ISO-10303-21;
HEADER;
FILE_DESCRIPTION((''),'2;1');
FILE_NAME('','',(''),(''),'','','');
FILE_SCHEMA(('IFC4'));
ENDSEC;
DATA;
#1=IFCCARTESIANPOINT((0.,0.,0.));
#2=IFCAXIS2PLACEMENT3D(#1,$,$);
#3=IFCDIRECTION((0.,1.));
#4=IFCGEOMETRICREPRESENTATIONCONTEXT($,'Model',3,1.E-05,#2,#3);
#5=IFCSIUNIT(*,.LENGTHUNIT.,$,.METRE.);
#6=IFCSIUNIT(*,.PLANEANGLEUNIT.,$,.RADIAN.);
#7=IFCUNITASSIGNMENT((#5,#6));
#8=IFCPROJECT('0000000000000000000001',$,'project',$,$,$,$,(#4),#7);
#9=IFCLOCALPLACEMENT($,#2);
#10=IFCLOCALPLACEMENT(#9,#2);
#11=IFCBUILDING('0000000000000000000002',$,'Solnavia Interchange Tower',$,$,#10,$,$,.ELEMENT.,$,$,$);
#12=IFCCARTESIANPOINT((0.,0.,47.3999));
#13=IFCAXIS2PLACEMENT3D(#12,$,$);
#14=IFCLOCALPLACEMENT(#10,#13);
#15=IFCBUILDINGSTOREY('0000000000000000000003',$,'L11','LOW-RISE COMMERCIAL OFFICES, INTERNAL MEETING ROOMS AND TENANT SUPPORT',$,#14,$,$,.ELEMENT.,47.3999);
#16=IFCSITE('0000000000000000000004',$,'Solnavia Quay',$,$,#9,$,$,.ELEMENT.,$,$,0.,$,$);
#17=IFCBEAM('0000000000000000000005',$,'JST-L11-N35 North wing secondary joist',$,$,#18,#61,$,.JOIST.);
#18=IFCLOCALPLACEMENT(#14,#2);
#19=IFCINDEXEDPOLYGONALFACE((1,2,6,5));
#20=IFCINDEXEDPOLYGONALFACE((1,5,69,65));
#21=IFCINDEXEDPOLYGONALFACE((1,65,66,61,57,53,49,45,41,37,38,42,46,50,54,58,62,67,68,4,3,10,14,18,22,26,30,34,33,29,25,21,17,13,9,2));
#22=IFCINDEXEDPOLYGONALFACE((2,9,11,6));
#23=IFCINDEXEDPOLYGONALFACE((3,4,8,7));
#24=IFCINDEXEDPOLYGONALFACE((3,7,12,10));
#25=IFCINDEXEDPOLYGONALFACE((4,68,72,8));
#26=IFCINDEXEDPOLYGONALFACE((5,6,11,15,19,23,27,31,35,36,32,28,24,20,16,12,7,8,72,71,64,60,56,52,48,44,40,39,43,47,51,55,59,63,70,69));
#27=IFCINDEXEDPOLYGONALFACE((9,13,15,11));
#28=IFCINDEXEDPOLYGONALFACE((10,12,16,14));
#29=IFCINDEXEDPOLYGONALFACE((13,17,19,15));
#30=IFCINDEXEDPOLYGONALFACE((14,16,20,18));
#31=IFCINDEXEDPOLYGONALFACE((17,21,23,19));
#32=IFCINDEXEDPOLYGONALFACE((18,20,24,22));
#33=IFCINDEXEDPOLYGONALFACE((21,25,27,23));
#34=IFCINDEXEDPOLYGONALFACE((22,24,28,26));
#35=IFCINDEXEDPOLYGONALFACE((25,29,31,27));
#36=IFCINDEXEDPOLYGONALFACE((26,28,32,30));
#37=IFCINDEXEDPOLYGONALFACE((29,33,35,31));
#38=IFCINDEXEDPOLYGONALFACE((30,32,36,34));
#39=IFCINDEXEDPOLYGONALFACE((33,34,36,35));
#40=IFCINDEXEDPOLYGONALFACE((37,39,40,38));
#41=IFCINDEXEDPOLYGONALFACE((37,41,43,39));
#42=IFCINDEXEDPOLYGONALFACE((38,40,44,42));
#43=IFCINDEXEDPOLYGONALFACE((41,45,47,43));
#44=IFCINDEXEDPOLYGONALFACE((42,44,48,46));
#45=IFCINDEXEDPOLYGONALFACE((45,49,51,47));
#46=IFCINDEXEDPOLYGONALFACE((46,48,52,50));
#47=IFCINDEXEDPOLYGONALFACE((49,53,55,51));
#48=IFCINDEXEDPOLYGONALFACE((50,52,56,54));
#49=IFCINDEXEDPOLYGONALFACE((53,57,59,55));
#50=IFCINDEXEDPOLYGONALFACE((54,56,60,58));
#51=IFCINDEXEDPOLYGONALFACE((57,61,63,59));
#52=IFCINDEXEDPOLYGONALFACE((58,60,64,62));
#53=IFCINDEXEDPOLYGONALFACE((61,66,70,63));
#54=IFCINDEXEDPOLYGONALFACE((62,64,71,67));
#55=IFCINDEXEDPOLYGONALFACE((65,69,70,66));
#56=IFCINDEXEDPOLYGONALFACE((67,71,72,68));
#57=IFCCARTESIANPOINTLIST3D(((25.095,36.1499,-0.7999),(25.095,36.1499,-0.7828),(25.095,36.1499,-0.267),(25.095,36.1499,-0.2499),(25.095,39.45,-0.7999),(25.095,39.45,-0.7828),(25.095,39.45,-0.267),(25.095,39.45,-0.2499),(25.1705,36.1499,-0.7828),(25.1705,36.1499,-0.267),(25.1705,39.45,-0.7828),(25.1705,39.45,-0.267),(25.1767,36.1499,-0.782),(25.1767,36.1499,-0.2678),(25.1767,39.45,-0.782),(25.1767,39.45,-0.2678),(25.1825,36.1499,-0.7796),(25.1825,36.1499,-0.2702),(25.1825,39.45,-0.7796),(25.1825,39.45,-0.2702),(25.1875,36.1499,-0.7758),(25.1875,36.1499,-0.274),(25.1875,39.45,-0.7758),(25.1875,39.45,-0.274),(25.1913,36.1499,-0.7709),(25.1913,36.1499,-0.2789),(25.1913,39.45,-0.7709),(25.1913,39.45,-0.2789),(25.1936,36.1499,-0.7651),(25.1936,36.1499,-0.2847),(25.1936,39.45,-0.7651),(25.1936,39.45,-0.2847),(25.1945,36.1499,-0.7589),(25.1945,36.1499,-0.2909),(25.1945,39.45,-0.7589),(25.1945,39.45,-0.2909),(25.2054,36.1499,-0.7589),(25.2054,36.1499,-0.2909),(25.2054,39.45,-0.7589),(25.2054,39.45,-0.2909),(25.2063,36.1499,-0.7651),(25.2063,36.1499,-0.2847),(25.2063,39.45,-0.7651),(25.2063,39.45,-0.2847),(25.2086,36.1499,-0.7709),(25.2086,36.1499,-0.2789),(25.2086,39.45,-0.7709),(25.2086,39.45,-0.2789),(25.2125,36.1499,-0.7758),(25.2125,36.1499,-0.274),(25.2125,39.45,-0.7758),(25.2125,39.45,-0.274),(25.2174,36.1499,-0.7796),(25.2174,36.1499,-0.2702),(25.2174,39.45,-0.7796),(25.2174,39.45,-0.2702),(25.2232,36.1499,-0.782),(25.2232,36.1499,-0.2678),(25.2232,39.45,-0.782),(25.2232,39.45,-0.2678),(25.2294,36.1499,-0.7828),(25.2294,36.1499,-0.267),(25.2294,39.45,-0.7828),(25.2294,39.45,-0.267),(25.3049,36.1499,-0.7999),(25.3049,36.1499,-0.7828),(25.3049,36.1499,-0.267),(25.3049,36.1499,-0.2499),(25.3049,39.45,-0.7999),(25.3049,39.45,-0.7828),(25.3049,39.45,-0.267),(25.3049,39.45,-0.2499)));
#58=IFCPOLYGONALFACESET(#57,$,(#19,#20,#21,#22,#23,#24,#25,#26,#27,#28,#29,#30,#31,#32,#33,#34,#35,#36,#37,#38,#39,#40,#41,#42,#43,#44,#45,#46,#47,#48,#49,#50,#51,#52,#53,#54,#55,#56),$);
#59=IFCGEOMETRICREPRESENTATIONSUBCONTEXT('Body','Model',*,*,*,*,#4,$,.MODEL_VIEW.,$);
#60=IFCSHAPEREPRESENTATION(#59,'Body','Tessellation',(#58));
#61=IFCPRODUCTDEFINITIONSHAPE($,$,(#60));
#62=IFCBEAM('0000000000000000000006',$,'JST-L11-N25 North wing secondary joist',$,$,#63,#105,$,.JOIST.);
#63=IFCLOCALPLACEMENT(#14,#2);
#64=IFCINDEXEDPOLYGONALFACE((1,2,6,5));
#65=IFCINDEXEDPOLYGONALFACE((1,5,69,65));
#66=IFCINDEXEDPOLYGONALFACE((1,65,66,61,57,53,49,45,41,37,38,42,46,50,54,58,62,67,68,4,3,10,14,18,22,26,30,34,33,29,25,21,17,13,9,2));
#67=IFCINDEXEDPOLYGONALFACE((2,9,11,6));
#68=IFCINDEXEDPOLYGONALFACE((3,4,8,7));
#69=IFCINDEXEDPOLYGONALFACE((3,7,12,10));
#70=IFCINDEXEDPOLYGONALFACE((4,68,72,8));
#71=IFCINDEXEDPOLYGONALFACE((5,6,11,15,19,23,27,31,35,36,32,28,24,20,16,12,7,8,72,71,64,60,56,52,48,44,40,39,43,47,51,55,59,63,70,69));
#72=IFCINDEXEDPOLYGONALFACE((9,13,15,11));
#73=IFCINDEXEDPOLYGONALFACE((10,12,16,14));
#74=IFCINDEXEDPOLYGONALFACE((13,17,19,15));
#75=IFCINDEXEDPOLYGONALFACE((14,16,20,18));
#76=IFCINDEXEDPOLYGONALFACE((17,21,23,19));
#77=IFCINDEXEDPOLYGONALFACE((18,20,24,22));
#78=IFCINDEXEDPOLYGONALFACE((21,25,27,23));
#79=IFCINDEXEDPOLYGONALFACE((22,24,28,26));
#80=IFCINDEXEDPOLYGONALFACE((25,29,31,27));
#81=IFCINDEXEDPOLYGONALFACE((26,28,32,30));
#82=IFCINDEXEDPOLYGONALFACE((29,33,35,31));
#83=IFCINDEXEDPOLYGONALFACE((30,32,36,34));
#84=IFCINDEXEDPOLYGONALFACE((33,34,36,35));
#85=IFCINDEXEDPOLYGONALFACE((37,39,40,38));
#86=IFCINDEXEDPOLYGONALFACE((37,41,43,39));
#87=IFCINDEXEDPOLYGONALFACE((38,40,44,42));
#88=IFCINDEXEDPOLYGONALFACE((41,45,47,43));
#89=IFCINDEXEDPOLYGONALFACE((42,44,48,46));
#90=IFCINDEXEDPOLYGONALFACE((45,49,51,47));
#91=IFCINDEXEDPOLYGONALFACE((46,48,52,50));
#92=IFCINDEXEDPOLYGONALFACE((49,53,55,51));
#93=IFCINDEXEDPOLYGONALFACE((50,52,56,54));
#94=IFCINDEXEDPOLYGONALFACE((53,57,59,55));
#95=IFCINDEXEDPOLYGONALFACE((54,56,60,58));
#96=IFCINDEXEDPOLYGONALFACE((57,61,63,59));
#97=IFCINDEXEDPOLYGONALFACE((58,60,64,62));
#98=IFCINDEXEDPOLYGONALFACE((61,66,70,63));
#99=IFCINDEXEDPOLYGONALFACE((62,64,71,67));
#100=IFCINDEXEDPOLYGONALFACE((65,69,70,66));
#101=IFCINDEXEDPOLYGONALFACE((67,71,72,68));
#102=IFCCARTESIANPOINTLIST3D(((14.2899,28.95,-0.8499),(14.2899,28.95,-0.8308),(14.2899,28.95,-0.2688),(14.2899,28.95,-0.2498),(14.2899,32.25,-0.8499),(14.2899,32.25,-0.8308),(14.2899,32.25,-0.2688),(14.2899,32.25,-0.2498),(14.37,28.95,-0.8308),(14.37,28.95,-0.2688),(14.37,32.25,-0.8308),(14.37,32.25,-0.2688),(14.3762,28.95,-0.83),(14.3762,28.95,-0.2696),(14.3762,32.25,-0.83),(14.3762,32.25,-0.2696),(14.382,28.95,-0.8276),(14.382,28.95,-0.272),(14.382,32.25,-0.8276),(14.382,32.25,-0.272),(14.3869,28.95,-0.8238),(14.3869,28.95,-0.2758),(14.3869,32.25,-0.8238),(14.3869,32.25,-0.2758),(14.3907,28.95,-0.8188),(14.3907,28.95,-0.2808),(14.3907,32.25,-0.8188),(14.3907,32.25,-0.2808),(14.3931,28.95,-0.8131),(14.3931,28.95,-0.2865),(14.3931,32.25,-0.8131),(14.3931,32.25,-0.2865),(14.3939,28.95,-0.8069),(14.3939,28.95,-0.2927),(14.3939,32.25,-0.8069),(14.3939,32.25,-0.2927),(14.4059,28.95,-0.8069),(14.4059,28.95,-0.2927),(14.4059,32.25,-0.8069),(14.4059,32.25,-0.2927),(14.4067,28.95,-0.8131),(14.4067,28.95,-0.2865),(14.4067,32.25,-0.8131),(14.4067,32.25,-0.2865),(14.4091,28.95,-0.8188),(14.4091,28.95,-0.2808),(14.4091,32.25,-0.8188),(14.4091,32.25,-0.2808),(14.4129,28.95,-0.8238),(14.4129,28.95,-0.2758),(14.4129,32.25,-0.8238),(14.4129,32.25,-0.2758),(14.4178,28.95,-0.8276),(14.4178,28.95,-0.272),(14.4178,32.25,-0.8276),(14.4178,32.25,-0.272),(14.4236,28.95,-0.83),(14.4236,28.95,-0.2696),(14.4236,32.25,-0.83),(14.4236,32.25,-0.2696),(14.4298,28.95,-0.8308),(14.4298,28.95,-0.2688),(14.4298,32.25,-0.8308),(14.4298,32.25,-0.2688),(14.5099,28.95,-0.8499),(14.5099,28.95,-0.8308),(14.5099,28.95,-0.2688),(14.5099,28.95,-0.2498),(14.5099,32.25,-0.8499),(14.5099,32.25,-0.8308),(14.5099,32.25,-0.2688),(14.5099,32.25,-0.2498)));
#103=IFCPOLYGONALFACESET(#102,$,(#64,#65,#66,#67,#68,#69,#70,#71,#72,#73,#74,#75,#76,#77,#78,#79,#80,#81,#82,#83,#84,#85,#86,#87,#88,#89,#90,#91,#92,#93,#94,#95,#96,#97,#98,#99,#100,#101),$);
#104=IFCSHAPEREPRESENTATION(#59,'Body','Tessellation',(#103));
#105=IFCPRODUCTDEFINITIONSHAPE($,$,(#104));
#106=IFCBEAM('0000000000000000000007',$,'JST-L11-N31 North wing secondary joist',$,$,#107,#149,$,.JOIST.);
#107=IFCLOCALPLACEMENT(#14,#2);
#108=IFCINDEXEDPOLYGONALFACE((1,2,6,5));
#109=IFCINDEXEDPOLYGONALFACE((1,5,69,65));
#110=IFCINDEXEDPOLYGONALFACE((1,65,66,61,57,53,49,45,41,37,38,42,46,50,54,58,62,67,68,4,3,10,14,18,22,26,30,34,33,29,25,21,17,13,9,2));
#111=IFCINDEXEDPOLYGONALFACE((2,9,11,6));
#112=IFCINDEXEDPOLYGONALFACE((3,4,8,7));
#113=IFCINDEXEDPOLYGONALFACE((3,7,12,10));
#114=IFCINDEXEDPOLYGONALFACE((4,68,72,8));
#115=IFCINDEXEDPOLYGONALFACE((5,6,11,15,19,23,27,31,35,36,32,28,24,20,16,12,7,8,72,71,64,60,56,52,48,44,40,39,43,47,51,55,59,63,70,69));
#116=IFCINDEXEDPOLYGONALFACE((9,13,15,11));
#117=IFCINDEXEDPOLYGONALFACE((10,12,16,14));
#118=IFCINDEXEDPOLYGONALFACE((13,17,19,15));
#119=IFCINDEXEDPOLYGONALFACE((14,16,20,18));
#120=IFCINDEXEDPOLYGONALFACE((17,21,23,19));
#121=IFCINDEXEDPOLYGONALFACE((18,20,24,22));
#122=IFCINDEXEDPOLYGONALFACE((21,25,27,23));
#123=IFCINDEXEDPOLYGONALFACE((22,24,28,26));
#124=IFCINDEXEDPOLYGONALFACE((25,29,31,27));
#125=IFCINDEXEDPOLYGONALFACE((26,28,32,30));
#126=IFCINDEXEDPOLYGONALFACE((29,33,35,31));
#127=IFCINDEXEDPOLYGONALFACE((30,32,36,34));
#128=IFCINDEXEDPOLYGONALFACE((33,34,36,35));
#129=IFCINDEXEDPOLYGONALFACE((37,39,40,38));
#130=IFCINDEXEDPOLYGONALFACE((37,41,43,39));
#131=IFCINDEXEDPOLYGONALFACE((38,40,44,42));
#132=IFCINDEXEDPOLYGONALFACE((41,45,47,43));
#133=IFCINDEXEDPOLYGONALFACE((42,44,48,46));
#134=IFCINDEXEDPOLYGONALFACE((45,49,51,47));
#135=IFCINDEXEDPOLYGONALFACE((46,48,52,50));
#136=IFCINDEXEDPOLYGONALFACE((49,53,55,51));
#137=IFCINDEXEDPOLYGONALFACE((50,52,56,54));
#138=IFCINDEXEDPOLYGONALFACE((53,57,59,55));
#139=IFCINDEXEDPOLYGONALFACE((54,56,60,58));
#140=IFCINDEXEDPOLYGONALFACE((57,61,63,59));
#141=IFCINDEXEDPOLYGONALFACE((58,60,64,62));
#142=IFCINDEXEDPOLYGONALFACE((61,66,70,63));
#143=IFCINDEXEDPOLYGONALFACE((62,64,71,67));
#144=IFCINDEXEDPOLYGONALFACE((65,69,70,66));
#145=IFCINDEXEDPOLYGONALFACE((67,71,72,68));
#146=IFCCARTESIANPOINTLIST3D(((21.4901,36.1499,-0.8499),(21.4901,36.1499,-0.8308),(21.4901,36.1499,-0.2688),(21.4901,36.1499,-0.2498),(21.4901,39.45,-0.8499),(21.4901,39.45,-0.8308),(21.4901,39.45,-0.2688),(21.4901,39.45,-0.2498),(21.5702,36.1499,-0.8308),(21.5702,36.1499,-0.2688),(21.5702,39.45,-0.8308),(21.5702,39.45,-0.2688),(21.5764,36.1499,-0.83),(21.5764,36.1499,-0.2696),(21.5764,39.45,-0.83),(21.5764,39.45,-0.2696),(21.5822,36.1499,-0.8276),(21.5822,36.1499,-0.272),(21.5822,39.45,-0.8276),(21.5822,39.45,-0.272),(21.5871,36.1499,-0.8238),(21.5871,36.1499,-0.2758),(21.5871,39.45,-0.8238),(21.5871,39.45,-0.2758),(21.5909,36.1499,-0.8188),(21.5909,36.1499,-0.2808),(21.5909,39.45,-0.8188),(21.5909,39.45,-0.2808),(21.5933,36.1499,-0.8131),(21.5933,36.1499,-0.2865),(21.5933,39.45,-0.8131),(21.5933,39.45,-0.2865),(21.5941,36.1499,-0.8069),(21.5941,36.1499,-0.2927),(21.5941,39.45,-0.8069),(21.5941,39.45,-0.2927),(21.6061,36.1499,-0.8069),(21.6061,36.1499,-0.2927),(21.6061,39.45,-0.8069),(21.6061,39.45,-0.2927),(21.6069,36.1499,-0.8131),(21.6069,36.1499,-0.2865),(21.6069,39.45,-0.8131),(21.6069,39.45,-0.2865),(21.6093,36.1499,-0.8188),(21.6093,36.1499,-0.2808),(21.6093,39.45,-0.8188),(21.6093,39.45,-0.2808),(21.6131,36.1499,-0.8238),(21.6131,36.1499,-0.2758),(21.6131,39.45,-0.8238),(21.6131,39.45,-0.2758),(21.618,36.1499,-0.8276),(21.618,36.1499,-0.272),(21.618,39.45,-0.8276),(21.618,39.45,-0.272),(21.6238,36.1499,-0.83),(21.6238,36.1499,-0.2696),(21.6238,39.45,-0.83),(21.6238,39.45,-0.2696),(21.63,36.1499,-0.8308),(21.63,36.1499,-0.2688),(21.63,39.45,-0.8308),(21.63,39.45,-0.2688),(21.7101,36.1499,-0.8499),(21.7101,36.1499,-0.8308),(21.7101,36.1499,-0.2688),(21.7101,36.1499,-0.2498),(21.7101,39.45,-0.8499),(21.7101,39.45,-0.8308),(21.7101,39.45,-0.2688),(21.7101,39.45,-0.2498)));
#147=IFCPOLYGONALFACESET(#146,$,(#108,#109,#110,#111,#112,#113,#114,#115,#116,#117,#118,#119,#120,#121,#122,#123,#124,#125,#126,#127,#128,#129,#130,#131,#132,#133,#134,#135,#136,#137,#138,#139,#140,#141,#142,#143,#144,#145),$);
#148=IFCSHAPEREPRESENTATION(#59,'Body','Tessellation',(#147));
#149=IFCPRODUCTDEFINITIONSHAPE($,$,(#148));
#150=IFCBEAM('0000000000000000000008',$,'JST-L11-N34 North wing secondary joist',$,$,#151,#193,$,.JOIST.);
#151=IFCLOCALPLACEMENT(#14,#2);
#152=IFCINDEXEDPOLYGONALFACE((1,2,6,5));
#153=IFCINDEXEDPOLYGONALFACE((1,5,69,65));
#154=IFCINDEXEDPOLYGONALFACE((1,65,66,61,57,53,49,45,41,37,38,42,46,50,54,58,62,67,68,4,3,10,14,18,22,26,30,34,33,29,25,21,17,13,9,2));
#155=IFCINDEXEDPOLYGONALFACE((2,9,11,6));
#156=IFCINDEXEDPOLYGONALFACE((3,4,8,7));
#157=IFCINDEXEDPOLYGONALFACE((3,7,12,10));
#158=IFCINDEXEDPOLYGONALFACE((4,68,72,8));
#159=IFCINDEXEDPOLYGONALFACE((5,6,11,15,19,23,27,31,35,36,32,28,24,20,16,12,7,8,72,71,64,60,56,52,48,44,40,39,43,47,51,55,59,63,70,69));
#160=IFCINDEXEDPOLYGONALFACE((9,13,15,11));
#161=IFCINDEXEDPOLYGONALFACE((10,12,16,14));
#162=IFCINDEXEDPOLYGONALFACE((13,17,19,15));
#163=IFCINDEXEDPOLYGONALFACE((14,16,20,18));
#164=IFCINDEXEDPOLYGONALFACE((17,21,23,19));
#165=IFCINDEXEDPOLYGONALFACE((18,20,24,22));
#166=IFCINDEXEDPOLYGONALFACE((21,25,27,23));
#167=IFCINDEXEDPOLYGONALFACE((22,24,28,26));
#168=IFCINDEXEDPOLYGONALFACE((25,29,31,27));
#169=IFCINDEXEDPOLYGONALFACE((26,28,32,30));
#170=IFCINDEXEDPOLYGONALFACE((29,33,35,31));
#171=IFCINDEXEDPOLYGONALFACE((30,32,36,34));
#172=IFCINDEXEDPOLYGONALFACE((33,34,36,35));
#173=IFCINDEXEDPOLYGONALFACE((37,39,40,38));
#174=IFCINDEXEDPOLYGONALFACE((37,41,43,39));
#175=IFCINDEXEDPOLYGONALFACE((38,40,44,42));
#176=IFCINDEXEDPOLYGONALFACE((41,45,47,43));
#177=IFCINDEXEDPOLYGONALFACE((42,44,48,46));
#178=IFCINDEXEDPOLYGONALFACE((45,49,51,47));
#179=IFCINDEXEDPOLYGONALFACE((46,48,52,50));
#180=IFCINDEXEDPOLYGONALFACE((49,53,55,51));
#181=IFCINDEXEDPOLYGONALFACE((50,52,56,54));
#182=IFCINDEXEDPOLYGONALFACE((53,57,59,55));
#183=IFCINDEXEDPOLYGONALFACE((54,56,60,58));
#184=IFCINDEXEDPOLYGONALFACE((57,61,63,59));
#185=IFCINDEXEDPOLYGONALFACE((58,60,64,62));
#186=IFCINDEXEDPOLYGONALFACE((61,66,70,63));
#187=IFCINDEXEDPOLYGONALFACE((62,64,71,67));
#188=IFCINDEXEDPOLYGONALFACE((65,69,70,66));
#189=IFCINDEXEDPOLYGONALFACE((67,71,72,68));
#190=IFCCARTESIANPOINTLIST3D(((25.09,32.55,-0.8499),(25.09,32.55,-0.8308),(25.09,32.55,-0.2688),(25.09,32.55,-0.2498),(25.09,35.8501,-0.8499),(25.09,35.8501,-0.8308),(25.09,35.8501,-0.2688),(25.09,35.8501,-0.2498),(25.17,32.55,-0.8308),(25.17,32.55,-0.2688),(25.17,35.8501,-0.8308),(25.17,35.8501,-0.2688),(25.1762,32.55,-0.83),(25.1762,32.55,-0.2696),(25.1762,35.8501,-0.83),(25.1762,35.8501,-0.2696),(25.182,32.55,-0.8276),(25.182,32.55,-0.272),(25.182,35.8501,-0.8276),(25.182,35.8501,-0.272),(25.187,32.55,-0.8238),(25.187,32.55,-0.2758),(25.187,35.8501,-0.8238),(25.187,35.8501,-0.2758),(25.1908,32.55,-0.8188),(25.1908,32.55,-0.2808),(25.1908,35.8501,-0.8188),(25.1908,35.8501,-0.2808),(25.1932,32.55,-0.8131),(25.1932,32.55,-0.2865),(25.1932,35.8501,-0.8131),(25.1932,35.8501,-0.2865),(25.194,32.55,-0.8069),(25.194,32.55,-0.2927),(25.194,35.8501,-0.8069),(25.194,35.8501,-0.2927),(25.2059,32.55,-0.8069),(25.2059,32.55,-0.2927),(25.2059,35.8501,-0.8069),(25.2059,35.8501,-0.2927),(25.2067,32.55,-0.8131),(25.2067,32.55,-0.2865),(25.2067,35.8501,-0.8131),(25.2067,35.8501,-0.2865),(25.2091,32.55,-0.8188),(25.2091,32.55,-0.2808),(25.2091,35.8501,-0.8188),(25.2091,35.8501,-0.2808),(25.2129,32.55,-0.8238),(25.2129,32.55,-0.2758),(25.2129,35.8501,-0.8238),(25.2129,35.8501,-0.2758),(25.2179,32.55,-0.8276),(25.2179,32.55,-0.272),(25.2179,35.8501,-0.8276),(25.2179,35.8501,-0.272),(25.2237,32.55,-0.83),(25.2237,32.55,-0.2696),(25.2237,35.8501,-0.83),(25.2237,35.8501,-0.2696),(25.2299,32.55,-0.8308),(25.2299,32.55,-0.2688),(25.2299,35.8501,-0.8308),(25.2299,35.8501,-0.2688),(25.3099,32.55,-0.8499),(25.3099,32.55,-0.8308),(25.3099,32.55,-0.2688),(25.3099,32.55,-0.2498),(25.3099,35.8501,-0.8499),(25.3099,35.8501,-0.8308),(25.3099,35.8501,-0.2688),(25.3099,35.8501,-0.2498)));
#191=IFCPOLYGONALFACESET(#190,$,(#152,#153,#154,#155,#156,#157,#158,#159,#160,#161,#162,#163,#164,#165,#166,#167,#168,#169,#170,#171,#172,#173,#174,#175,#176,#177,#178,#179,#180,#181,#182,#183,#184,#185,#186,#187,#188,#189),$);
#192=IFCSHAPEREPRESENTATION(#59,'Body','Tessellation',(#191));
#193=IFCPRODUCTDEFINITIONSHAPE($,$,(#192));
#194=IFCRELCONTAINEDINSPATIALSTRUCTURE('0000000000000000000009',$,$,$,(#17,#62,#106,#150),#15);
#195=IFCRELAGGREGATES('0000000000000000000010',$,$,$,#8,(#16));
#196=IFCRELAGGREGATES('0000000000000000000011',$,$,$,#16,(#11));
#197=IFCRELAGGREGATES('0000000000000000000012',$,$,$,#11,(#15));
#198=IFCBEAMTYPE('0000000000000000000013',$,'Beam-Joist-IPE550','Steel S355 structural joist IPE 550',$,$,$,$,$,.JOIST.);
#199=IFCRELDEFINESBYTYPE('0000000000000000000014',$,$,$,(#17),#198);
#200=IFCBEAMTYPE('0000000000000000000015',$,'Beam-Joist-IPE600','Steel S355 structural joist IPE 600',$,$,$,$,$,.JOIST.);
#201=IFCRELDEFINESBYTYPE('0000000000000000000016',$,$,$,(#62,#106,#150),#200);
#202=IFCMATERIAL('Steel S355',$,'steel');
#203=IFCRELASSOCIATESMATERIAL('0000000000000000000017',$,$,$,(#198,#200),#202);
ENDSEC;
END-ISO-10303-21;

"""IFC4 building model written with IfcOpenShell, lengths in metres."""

from ifc_helpers import new_model, si_unit, direction, frame, origin, origin_2d, place, context, subcontext, project, spatial, i_section, extrude, material, material_profile, profile_set, type_object, element, save


model = new_model("IFC4")

# Units and contexts
model_context = context("Model", 3, precision=1e-05, world=origin(), true_north=direction((0.0, 1.0)))
body_context = subcontext(model_context, "Body", "Model", "MODEL_VIEW")
ifc_project = project(units=[si_unit("LENGTHUNIT", "METRE"), si_unit("PLANEANGLEUNIT", "RADIAN")], contexts=[model_context])

# Site, building, storey
site_placement = place(None, origin())
site = spatial("IfcSite", under=ifc_project, at=site_placement, Name="Solnavia Quay", CompositionType="ELEMENT", RefElevation=0.0)
building_placement = place(site_placement, origin())
building = spatial("IfcBuilding", under=site, at=building_placement, Name="Solnavia Interchange Tower", CompositionType="ELEMENT")
storey_placement = place(building_placement, frame((0.0, 0.0, 47.3999)))
storey = spatial("IfcBuildingStorey", under=building, at=storey_placement, Name="L11", Description="LOW-RISE COMMERCIAL OFFICES, INTERNAL MEETING ROOMS AND TENANT SUPPORT", CompositionType="ELEMENT", Elevation=47.3999)

# Shared definitions
ifc_material_1 = material(Name="Steel S355", Category="steel")

# Beams
ifc_material_profile_1 = material_profile(ifc_material_1, i_section(OverallWidth=0.21, OverallDepth=0.55, WebThickness=0.011, FlangeThickness=0.0171, FilletRadius=0.0239, at=origin_2d()), Name="IPE 550")
ifc_profile_set_1 = profile_set([ifc_material_profile_1], Name="Steel S355")
beam_type_1 = type_object("IfcBeamType", Name="Beam-Joist-IPE550", Description="Steel S355 structural joist IPE 550", PredefinedType="JOIST", material=ifc_profile_set_1)
for number, where, z_axis, x_axis, name in (
    (1, (25.2, 36.1499, -0.5249), (0.0, 1.0, 0.0), (-1.0, 0.0, 0.0), "JST-L11-N35 North wing secondary joist"),
):
    element("IfcBeam", number, at=place(storey_placement, frame(where, z_axis=z_axis, x_axis=x_axis)), inside=storey, type_object=beam_type_1, Name=name, PredefinedType="JOIST", context=body_context, shape_type="SweptSolid", body=[
        extrude(i_section(OverallWidth=0.21, OverallDepth=0.55, WebThickness=0.011, FlangeThickness=0.0171, FilletRadius=0.0239, at=origin_2d()), origin(), (0.0, 0.0, 1.0), 3.3),
    ])
ifc_material_profile_2 = material_profile(ifc_material_1, i_section(OverallWidth=0.22, OverallDepth=0.6001, WebThickness=0.012, FlangeThickness=0.019, FilletRadius=0.0239, at=origin_2d()), Name="IPE 600")
ifc_profile_set_2 = profile_set([ifc_material_profile_2], Name="Steel S355")
beam_type_2 = type_object("IfcBeamType", Name="Beam-Joist-IPE600", Description="Steel S355 structural joist IPE 600", PredefinedType="JOIST", material=ifc_profile_set_2)
for number, where, z_axis, x_axis, name in (
    (2, (14.3999, 28.95, -0.5498), (0.0, 1.0, 0.0), (-1.0, 0.0, 0.0), "JST-L11-N25 North wing secondary joist"),
    (3, (21.6001, 36.1499, -0.5498), (0.0, 1.0, 0.0), (-1.0, 0.0, 0.0), "JST-L11-N31 North wing secondary joist"),
    (4, (25.2, 32.55, -0.5498), (0.0, 1.0, 0.0), (-1.0, 0.0, 0.0), "JST-L11-N34 North wing secondary joist"),
):
    element("IfcBeam", number, at=place(storey_placement, frame(where, z_axis=z_axis, x_axis=x_axis)), inside=storey, type_object=beam_type_2, Name=name, PredefinedType="JOIST", context=body_context, shape_type="SweptSolid", body=[
        extrude(i_section(OverallWidth=0.22, OverallDepth=0.6001, WebThickness=0.012, FlangeThickness=0.019, FilletRadius=0.0239, at=origin_2d()), origin(), (0.0, 0.0, 1.0), 3.3),
    ])

save(model, "model.ifc")
